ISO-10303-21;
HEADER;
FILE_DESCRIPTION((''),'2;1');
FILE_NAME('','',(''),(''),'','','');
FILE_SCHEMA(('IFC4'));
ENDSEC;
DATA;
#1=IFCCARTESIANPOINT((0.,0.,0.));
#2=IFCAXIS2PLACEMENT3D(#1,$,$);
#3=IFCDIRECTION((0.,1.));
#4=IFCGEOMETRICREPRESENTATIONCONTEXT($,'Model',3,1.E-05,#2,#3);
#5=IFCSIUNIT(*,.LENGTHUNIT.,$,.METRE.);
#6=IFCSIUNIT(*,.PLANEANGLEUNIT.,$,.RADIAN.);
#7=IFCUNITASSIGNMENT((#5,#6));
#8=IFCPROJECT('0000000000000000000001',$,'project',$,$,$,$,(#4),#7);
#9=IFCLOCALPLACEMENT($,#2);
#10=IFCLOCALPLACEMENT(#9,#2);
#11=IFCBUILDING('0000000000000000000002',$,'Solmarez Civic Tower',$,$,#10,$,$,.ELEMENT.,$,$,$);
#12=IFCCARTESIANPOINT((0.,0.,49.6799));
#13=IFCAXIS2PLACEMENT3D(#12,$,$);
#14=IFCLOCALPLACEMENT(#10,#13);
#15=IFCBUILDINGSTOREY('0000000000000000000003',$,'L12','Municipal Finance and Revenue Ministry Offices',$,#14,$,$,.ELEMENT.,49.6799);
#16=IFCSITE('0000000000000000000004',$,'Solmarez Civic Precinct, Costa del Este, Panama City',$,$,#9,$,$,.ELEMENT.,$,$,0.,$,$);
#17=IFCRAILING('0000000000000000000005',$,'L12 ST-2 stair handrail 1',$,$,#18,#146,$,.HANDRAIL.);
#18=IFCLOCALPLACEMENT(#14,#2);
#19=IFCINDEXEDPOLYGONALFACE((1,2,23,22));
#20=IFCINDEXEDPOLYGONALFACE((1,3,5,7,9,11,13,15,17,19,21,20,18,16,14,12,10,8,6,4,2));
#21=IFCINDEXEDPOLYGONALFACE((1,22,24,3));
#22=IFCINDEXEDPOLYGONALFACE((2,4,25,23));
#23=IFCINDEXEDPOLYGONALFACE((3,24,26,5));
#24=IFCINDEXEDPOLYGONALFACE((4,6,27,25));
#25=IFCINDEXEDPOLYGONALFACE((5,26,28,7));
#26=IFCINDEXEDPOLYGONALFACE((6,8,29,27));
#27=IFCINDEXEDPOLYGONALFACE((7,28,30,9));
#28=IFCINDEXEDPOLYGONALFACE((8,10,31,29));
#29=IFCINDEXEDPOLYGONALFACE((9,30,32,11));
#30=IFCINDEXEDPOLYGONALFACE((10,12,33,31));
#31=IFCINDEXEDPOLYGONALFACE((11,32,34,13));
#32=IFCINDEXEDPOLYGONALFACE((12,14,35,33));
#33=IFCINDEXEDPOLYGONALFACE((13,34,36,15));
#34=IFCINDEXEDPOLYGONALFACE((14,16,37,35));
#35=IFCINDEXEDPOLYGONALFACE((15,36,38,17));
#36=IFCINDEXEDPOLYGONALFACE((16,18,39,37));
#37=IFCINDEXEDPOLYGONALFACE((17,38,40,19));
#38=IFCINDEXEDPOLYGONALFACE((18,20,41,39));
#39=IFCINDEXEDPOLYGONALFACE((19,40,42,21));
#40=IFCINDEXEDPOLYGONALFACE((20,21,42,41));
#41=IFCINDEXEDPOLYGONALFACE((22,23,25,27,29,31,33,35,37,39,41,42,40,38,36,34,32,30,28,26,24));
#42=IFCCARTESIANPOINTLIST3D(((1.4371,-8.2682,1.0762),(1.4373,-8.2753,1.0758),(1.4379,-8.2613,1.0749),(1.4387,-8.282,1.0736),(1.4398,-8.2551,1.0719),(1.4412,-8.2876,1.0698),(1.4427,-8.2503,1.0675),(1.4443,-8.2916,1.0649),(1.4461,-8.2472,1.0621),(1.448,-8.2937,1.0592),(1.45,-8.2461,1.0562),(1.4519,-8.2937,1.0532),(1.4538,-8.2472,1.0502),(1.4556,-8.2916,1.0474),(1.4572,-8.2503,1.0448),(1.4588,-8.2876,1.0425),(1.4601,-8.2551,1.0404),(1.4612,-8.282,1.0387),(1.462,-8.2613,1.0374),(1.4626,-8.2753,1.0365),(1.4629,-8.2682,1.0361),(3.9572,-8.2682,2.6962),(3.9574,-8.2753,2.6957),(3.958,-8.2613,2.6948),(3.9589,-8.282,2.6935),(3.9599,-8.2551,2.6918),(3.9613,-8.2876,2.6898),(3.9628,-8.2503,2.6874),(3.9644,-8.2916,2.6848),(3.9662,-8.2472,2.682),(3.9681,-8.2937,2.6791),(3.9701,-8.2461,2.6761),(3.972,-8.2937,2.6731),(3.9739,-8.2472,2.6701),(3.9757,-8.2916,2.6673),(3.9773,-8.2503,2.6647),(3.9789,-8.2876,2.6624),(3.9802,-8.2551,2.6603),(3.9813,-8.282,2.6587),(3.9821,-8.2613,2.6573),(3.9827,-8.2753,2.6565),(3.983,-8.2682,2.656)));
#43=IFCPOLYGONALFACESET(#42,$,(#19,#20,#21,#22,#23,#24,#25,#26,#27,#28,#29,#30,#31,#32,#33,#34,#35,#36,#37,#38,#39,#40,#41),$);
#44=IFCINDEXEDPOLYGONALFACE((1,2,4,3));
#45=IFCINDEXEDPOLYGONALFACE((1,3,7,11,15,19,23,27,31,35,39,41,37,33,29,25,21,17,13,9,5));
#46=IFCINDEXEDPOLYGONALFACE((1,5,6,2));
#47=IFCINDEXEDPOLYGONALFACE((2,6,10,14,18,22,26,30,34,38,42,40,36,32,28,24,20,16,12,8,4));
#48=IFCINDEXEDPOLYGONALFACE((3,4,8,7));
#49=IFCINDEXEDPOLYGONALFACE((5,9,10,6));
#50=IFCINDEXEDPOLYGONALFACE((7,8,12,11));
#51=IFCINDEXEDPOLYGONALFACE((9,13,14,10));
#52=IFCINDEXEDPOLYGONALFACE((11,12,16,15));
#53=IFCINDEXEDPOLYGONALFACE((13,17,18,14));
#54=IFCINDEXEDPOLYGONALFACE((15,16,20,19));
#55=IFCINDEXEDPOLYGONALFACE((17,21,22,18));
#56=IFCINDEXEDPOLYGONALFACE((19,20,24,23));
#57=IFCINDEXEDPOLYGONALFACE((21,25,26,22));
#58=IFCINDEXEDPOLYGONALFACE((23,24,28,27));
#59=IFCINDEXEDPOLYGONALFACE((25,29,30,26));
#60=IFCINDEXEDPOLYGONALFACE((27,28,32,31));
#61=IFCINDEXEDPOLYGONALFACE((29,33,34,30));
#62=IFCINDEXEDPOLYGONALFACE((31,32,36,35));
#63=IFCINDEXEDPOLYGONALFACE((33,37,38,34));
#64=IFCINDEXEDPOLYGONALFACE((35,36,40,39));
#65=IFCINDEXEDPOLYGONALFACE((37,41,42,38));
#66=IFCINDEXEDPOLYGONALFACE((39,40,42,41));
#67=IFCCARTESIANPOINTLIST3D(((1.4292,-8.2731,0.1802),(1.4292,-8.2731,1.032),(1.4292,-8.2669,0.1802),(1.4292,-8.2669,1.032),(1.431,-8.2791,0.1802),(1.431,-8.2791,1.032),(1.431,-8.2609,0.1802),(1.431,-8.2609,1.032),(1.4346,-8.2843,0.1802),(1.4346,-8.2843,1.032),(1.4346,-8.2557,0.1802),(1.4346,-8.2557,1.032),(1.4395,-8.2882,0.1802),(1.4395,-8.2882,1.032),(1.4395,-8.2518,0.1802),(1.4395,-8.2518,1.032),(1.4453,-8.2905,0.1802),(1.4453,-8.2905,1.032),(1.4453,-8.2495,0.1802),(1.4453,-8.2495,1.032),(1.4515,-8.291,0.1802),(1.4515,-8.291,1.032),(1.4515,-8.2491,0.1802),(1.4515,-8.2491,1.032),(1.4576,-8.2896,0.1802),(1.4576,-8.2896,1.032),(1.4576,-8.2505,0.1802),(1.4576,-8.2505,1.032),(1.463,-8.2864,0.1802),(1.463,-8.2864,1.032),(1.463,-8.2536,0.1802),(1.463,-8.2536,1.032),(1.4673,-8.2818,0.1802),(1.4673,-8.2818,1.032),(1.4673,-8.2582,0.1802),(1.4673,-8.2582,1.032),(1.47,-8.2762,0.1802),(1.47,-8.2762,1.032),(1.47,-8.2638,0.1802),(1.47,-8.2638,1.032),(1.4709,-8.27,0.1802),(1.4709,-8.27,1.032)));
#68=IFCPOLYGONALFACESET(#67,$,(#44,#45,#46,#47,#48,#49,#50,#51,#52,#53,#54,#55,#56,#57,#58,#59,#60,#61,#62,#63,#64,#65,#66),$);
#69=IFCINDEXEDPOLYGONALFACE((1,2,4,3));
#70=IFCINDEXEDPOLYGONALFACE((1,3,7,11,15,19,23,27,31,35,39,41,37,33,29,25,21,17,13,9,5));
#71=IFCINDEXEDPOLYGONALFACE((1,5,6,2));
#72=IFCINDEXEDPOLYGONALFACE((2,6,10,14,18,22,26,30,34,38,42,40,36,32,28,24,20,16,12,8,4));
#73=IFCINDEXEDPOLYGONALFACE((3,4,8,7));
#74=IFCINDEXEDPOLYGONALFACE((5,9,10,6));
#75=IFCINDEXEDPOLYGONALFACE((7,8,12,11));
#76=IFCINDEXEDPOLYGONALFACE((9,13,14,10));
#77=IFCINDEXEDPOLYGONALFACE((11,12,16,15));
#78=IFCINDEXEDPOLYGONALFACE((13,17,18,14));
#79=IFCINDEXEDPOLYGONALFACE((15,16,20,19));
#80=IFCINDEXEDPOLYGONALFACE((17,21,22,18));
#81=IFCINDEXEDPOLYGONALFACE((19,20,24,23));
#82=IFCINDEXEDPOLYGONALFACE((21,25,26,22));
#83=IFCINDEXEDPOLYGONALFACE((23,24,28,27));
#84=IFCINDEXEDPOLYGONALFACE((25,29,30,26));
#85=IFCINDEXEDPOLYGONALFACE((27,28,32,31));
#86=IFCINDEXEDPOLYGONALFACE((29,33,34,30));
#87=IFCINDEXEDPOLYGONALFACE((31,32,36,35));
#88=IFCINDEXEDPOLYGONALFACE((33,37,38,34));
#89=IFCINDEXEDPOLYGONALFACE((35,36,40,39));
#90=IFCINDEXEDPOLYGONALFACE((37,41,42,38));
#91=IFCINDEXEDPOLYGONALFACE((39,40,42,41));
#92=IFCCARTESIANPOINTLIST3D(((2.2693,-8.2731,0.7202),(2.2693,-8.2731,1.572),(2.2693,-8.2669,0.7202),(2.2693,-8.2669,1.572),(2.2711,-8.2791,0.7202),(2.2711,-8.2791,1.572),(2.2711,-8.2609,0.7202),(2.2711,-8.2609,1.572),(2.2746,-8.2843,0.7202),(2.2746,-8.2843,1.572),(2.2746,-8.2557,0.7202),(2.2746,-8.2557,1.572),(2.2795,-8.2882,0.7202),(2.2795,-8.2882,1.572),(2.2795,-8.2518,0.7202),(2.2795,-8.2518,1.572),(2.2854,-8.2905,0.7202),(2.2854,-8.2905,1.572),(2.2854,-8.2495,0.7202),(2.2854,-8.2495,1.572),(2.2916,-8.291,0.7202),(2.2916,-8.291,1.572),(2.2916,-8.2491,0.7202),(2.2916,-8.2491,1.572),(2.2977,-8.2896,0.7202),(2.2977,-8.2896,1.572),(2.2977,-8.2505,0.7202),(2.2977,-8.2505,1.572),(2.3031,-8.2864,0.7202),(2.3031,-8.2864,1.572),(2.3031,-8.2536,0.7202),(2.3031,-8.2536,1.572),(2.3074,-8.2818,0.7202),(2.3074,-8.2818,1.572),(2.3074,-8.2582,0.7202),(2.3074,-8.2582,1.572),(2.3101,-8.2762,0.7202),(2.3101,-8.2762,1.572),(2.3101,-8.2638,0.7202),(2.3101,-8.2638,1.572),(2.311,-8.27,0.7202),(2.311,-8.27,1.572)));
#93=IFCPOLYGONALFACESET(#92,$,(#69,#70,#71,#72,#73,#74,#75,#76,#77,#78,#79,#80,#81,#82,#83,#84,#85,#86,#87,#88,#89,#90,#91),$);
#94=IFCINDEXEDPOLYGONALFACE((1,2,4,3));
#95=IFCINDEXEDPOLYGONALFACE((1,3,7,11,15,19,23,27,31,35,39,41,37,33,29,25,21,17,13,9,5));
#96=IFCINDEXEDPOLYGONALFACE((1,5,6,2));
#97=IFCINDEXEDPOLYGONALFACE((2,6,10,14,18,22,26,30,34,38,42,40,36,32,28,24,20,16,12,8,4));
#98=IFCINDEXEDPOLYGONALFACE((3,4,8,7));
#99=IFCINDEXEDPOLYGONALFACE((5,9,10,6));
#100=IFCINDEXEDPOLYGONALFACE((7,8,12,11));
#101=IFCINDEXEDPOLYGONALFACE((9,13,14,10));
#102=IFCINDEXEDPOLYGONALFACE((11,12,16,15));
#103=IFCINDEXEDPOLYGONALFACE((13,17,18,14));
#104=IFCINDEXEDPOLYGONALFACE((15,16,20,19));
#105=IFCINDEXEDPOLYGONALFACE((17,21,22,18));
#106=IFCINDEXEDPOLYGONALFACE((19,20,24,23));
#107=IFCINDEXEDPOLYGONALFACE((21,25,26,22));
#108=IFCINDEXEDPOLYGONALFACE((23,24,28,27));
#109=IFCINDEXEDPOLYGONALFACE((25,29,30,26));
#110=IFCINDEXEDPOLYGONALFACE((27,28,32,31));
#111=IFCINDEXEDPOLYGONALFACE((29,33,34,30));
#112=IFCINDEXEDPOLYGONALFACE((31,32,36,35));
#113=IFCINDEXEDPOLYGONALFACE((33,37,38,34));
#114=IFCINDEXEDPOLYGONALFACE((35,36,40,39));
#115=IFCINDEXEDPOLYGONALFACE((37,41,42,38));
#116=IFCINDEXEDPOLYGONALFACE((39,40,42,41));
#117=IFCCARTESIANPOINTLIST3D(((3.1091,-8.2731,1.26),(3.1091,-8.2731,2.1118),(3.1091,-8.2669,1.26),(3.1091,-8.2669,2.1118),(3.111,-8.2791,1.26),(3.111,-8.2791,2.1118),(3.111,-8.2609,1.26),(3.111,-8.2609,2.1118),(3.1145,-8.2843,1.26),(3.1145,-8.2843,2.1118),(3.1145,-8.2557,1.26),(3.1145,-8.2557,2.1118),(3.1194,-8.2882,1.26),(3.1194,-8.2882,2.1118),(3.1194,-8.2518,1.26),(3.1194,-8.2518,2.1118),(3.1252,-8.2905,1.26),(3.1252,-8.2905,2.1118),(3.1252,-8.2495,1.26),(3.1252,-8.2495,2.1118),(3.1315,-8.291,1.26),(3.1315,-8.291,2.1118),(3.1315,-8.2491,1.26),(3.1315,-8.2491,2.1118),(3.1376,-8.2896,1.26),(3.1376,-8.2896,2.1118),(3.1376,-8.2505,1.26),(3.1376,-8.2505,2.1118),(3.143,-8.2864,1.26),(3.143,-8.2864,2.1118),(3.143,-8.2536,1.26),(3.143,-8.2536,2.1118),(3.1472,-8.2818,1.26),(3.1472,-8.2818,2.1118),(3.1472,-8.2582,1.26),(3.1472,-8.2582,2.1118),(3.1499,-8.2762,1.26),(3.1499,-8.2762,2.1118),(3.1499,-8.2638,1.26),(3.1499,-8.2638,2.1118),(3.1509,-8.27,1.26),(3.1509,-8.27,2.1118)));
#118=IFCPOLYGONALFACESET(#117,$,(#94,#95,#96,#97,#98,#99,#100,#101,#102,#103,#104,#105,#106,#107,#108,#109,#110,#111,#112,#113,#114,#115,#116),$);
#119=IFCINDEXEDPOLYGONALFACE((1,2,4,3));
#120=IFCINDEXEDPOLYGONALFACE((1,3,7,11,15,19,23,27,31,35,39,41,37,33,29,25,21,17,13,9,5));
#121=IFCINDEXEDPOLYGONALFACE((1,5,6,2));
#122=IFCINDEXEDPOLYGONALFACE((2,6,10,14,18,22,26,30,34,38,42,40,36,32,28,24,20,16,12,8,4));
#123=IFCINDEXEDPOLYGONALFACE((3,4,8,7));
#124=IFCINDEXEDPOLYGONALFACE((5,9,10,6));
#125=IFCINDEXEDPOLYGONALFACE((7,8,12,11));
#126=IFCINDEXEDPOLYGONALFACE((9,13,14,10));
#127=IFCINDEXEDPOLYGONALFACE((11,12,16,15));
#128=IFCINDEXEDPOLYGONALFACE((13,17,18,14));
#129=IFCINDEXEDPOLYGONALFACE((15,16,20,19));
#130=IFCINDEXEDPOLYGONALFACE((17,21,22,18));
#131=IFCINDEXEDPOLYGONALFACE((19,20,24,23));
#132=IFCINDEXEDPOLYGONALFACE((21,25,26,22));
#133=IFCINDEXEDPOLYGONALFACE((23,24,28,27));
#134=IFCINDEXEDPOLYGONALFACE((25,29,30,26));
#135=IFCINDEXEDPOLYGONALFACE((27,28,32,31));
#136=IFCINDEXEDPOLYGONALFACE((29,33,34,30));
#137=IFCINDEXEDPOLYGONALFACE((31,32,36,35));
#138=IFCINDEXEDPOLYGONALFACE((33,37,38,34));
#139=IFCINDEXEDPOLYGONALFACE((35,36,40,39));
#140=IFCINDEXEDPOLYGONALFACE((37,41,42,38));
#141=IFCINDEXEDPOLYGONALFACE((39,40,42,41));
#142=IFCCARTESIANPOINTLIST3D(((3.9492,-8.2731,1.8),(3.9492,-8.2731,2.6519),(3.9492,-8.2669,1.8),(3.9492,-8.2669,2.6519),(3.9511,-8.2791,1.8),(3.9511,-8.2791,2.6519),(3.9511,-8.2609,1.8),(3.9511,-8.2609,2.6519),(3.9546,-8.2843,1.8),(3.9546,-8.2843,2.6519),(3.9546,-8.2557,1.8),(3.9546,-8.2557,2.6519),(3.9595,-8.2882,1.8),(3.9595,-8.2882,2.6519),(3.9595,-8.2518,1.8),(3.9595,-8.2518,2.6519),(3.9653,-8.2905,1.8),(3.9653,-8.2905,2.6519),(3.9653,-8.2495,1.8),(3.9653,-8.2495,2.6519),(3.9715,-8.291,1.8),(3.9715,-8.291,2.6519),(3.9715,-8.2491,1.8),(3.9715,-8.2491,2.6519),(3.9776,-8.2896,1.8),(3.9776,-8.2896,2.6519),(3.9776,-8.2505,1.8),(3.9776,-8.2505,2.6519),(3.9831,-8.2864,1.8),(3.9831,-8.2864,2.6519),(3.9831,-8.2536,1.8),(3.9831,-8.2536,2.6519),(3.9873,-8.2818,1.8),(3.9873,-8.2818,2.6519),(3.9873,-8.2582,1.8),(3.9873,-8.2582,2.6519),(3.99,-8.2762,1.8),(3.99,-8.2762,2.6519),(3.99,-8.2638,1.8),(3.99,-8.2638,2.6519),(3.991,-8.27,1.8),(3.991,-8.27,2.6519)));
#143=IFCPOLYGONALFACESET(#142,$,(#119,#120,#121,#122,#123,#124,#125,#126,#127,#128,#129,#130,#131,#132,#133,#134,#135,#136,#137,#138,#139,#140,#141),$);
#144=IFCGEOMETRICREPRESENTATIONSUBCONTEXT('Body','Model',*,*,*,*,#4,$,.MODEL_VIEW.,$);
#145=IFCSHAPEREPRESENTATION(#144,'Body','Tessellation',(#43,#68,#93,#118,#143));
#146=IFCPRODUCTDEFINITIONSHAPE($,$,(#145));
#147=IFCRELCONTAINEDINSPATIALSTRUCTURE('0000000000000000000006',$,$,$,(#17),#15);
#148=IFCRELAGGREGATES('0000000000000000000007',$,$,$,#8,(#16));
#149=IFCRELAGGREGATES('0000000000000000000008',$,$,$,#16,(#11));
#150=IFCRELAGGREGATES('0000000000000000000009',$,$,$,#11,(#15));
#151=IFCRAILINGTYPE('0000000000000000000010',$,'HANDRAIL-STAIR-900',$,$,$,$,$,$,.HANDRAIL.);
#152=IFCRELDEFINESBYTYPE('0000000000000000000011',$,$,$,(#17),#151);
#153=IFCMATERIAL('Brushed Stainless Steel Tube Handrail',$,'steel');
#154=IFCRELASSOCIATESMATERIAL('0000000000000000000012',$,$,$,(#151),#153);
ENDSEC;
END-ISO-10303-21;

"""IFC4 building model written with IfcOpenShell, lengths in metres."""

from ifc_helpers import new_model, si_unit, direction, frame, origin, origin_2d, place, context, subcontext, project, spatial, circle, extrude, material, type_object, element, save


model = new_model("IFC4")

# Units and contexts
model_context = context("Model", 3, precision=1e-05, world=origin(), true_north=direction((0.0, 1.0)))
body_context = subcontext(model_context, "Body", "Model", "MODEL_VIEW")
ifc_project = project(units=[si_unit("LENGTHUNIT", "METRE"), si_unit("PLANEANGLEUNIT", "RADIAN")], contexts=[model_context])

# Site, building, storey
site_placement = place(None, origin())
site = spatial("IfcSite", under=ifc_project, at=site_placement, Name="Solmarez Civic Precinct, Costa del Este, Panama City", CompositionType="ELEMENT", RefElevation=0.0)
building_placement = place(site_placement, origin())
building = spatial("IfcBuilding", under=site, at=building_placement, Name="Solmarez Civic Tower", CompositionType="ELEMENT")
storey_placement = place(building_placement, frame((0.0, 0.0, 49.6799)))
storey = spatial("IfcBuildingStorey", under=building, at=storey_placement, Name="L12", Description="Municipal Finance and Revenue Ministry Offices", CompositionType="ELEMENT", Elevation=49.6799)

# Railing
ifc_material_1 = material(Name="Brushed Stainless Steel Tube Handrail", Category="steel")
railing_type_1 = type_object("IfcRailingType", Name="HANDRAIL-STAIR-900", PredefinedType="HANDRAIL", material=ifc_material_1)
railing_1_placement = place(storey_placement, frame((1.45, -8.27, 0.1802)))
element("IfcRailing", 1, at=railing_1_placement, inside=storey, type_object=railing_type_1, Name="L12 ST-2 stair handrail 1", PredefinedType="HANDRAIL", context=body_context, shape_type="SweptSolid", body=[
    extrude(circle(Radius=0.0239, at=origin_2d()), frame((0.0, 0.0, 0.876), z_axis=(0.8412, 0.0, 0.540725), x_axis=(0.0, 1.0, 0.0)), (0.0, 0.0, 1.0), 2.9958),
    extrude(circle(Radius=0.021, at=origin_2d()), origin(), (0.0, 0.0, 1.0), 0.8518),
    extrude(circle(Radius=0.021, at=origin_2d()), frame((0.8401, 0.0, 0.54)), (0.0, 0.0, 1.0), 0.8518),
    extrude(circle(Radius=0.021, at=origin_2d()), frame((1.6799, 0.0, 1.0798)), (0.0, 0.0, 1.0), 0.8518),
    extrude(circle(Radius=0.021, at=origin_2d()), frame((2.52, 0.0, 1.6199)), (0.0, 0.0, 1.0), 0.8518),
])

save(model, "model.ifc")
